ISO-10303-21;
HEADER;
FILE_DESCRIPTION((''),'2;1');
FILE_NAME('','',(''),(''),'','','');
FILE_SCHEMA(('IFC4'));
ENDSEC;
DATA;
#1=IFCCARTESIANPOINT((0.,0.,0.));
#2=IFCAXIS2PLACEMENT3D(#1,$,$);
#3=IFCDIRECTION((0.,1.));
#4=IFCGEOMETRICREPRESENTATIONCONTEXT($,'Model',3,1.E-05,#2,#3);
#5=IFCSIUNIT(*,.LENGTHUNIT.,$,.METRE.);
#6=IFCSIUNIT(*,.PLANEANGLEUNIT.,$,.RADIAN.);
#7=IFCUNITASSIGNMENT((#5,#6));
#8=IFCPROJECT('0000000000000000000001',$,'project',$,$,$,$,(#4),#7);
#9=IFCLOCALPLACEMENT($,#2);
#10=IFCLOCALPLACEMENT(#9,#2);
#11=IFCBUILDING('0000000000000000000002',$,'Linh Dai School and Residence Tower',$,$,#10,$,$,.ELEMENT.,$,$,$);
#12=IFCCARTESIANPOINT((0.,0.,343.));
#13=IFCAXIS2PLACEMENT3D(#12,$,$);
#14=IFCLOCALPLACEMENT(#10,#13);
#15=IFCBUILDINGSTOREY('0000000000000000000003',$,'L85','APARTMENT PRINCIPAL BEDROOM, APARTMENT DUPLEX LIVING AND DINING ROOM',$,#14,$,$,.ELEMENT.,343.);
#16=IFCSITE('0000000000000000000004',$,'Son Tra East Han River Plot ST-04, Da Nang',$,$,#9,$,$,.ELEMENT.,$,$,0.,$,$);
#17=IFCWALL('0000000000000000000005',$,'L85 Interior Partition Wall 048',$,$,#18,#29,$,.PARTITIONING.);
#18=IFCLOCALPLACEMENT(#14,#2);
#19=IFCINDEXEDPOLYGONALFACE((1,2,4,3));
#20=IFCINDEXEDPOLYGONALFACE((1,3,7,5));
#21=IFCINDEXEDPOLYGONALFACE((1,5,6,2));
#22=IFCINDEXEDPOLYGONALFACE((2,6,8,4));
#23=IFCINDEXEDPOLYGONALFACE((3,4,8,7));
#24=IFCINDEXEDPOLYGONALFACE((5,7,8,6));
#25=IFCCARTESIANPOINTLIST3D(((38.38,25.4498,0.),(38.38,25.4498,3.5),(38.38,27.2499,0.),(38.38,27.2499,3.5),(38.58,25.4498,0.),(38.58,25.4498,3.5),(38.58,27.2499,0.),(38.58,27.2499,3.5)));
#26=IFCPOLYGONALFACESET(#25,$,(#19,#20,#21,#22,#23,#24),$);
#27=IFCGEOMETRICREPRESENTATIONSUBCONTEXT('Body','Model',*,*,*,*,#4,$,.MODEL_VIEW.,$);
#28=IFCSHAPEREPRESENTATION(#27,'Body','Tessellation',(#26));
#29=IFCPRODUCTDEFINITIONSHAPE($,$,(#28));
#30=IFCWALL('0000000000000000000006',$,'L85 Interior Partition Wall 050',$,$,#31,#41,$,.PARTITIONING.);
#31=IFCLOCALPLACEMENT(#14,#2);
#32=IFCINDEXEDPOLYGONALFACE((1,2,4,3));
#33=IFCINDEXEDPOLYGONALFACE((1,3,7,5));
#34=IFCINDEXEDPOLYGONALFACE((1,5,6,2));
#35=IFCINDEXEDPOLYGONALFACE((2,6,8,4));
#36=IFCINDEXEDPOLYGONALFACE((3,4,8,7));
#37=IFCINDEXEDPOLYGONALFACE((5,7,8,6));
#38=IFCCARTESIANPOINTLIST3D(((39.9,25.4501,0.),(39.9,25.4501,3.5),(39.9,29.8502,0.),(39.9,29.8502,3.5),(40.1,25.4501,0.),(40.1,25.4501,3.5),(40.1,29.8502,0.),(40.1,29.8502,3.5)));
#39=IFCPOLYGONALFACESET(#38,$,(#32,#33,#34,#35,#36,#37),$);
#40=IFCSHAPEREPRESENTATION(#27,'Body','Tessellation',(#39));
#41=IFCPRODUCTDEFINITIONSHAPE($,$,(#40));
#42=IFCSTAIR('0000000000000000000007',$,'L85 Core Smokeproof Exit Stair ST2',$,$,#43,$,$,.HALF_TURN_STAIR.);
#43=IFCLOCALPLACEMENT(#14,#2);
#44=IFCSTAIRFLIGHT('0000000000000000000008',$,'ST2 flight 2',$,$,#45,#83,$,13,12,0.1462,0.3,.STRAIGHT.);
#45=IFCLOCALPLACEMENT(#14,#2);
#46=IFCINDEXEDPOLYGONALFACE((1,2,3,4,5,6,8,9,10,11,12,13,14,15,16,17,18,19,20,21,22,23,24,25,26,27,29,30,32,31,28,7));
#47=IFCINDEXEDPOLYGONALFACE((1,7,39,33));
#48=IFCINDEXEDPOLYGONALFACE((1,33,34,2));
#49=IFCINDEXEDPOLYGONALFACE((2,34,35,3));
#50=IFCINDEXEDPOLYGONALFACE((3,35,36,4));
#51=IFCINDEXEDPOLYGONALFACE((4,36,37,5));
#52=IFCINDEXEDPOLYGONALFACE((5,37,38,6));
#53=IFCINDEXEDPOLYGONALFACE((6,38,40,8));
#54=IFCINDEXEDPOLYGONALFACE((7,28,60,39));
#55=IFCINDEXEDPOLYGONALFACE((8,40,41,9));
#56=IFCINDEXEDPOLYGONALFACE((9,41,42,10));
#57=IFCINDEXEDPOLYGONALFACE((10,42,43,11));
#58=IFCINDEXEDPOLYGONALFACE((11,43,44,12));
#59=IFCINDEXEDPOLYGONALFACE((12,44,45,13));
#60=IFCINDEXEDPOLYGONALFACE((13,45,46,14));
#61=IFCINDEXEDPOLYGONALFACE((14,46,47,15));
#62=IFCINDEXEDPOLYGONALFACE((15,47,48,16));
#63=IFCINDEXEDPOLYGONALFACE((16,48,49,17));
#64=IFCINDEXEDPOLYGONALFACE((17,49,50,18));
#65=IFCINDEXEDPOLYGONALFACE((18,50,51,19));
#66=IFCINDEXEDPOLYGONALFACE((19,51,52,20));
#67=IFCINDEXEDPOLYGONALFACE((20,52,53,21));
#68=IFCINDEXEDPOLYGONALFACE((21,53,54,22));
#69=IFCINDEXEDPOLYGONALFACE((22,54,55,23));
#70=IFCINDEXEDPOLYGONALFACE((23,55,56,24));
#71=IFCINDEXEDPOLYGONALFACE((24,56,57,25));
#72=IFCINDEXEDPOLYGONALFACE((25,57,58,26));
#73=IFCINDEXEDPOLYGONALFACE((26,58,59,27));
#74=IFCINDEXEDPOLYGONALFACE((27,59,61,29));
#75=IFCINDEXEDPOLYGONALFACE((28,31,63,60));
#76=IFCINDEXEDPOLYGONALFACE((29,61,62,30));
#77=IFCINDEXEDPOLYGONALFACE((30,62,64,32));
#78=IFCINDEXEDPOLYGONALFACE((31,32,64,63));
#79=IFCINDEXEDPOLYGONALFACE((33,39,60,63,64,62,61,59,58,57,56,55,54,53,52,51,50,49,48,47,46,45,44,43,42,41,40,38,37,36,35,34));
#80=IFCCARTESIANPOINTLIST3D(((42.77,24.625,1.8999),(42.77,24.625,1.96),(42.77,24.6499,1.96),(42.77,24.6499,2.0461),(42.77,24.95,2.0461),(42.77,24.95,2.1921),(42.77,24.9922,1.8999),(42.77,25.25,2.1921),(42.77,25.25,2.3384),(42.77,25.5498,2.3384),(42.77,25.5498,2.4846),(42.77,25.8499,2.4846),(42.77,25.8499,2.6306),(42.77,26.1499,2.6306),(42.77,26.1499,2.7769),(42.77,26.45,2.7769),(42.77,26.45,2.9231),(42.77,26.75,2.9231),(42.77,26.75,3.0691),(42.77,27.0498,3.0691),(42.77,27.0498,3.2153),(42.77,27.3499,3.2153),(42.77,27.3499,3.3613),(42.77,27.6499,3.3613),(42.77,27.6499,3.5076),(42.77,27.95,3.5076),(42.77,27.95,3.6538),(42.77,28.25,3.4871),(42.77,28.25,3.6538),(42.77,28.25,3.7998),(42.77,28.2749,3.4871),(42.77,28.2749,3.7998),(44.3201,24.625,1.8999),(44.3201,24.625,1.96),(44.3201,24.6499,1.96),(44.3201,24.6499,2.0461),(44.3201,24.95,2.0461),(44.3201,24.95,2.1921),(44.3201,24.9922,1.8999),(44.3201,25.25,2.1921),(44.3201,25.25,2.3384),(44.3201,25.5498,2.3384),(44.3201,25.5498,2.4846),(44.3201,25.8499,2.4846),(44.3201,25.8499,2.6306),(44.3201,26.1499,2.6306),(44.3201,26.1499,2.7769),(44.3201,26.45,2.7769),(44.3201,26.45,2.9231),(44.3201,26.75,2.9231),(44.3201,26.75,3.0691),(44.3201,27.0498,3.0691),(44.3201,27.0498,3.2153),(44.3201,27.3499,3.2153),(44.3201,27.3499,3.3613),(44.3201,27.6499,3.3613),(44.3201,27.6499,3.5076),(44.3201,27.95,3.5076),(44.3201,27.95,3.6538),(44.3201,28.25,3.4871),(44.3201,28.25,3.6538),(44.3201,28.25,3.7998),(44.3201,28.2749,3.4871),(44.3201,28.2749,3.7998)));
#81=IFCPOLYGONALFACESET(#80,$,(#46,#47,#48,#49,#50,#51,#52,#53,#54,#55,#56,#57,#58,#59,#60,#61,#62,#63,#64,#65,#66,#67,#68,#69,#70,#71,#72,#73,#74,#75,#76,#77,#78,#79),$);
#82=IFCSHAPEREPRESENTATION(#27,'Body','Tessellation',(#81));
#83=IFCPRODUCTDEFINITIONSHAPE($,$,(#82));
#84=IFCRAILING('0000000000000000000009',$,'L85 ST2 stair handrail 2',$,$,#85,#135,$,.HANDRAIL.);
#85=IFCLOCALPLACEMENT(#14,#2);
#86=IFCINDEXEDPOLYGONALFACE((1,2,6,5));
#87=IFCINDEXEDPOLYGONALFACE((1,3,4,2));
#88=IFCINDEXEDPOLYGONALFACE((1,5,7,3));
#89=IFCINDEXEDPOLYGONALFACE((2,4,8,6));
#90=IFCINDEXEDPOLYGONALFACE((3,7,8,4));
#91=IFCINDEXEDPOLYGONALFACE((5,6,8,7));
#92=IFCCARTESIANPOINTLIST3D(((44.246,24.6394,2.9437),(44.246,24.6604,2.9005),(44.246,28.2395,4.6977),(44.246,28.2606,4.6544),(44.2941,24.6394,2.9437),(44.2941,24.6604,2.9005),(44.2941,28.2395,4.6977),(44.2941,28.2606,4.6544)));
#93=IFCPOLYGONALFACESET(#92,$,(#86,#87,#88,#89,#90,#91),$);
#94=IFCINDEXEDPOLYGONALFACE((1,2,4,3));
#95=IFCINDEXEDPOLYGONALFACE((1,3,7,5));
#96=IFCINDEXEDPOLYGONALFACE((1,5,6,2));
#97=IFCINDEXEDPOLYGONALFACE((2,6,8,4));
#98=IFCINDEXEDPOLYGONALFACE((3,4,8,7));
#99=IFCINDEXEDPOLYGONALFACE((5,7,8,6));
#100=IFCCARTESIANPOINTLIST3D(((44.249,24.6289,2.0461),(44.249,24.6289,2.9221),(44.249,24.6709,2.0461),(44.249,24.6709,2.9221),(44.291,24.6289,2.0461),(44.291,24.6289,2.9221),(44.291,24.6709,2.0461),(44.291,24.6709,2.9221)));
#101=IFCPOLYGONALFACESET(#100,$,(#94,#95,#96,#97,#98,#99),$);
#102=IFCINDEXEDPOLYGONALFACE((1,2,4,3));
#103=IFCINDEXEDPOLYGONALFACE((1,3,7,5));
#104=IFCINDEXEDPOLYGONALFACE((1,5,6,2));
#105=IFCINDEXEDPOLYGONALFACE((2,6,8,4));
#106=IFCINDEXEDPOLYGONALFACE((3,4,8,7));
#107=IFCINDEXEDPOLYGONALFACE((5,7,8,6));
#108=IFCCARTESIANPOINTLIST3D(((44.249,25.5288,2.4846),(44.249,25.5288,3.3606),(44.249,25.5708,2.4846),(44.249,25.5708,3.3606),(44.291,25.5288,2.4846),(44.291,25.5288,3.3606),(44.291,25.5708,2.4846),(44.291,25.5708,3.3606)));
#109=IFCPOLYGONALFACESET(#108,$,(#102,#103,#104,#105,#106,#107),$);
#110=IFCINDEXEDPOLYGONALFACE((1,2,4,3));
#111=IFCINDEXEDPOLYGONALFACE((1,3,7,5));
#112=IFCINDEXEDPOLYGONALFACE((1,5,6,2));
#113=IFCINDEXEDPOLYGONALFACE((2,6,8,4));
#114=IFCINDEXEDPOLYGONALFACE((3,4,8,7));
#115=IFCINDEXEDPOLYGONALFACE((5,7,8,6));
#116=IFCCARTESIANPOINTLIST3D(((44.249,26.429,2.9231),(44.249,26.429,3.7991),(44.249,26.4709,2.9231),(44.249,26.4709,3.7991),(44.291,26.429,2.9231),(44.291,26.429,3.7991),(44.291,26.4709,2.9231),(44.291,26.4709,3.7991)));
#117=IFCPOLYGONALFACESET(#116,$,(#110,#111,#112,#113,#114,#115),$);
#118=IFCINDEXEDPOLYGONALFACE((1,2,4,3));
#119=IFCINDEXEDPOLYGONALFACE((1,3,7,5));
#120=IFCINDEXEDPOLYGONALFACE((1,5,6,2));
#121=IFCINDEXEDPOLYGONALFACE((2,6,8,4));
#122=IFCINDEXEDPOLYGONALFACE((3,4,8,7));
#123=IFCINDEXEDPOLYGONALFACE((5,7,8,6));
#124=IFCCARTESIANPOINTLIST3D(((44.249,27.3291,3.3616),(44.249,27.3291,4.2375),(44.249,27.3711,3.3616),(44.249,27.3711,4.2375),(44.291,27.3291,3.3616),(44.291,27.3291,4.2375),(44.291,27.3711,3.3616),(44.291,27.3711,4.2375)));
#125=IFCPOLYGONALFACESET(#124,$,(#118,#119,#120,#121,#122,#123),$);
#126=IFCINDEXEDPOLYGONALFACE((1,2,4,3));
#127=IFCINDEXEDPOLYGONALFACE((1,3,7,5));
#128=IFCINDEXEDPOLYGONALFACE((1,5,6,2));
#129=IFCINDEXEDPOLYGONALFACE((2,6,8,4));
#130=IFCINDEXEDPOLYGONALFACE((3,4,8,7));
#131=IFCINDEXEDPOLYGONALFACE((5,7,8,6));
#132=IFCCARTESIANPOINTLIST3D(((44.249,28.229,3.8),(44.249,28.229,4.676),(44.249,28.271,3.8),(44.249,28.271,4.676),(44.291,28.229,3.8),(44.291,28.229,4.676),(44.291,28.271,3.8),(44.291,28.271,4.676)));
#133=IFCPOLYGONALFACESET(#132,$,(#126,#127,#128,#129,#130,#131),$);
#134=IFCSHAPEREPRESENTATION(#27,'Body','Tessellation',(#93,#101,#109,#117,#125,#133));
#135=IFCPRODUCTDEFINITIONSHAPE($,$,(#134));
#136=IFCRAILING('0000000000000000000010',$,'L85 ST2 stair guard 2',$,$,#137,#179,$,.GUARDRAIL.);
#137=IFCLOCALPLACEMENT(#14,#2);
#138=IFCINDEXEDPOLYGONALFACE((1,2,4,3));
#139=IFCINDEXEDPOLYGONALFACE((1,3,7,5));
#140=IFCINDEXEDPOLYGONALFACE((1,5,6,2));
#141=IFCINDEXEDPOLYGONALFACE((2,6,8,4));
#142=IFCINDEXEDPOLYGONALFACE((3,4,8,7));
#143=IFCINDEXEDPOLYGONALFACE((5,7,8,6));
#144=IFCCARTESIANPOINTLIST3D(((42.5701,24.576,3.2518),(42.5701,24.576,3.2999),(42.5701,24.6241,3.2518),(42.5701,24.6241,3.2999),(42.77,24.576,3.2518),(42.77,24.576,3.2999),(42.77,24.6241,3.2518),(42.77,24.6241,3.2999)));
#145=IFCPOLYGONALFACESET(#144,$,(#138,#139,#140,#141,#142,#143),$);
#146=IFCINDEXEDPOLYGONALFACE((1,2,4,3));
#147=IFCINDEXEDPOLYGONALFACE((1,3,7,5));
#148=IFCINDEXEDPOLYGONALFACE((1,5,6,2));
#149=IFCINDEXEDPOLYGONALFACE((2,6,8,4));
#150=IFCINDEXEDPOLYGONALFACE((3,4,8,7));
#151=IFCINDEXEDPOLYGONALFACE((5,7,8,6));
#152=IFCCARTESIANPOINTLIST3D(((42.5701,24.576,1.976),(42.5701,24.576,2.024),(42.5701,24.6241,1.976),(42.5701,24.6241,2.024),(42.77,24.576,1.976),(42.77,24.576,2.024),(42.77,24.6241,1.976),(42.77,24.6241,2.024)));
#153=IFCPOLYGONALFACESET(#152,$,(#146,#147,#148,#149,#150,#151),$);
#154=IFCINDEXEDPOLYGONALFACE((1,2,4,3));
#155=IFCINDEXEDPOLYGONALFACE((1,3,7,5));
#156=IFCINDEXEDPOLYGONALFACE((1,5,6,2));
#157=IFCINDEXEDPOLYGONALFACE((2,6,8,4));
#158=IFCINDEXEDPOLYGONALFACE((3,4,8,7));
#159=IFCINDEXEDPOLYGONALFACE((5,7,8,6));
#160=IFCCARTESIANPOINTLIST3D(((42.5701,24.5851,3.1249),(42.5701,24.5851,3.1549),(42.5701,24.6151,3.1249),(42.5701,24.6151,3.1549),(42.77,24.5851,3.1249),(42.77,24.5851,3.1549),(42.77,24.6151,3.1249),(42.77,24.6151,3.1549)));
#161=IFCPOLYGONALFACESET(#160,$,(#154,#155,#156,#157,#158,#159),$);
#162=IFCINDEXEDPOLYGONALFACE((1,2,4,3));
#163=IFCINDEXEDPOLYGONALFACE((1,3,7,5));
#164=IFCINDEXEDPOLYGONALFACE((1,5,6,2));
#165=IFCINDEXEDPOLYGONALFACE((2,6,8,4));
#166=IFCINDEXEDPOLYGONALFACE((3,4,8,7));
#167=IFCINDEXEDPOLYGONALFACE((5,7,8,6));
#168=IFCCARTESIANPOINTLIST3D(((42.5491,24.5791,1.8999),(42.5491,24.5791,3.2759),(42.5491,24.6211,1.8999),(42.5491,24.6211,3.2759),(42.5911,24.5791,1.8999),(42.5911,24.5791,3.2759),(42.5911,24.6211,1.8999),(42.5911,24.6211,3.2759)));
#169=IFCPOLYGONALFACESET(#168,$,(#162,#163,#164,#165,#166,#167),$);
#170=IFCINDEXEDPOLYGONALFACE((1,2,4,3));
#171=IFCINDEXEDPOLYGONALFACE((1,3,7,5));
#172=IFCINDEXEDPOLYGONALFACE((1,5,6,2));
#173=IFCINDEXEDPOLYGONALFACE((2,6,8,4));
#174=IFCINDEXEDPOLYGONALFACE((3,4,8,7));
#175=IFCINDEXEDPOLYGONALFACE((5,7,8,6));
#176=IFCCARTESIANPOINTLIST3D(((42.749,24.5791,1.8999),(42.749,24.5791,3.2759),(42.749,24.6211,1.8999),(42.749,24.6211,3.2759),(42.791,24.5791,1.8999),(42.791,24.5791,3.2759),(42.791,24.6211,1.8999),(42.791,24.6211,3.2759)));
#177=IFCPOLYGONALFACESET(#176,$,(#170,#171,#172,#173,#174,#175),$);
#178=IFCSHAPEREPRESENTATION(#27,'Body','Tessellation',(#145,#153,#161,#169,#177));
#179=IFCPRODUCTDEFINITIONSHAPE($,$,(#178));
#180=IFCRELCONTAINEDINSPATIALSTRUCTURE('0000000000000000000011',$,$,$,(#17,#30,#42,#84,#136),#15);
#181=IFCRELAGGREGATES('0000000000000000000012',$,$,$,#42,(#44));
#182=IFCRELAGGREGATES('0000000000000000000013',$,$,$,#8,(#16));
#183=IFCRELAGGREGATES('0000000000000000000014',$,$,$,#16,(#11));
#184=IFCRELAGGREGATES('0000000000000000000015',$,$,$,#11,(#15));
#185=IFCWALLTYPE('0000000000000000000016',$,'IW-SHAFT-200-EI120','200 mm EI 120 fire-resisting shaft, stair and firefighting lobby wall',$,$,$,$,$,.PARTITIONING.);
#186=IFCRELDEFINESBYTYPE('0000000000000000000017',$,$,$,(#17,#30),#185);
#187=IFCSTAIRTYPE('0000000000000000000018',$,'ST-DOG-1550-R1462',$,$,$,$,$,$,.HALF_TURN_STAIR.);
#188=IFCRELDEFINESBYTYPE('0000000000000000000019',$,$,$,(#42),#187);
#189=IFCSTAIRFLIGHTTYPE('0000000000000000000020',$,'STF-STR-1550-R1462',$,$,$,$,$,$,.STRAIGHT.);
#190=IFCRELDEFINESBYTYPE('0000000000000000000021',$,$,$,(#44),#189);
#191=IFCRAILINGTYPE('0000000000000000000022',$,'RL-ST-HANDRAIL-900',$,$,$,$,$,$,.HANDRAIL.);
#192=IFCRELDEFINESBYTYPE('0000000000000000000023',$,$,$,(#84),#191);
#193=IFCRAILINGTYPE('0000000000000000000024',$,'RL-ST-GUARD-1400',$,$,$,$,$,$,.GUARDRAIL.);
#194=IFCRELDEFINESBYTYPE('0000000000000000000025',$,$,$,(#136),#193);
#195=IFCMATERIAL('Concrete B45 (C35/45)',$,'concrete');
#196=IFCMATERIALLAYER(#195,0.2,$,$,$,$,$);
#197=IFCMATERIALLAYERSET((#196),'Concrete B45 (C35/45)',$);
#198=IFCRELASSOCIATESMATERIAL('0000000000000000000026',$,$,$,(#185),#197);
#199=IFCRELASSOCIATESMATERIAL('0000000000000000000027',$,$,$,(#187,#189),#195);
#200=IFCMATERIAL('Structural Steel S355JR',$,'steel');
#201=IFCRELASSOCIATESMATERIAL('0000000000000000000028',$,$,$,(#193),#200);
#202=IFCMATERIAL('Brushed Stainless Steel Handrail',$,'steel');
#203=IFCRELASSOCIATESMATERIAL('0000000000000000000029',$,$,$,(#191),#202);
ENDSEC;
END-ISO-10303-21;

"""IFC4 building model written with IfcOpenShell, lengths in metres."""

from ifc_helpers import new_model, si_unit, direction, frame, frame_2d, origin, origin_2d, place, context, subcontext, project, spatial, polyline, rectangle, outline, extrude, source, transform, mapped, material, layer, layer_set, type_object, element, aggregate, save


model = new_model("IFC4")

# Units and contexts
model_context = context("Model", 3, precision=1e-05, world=origin(), true_north=direction((0.0, 1.0)))
body_context = subcontext(model_context, "Body", "Model", "MODEL_VIEW")
ifc_project = project(units=[si_unit("LENGTHUNIT", "METRE"), si_unit("PLANEANGLEUNIT", "RADIAN")], contexts=[model_context])

# Site, building, storey
site_placement = place(None, origin())
site = spatial("IfcSite", under=ifc_project, at=site_placement, Name="Son Tra East Han River Plot ST-04, Da Nang", CompositionType="ELEMENT", RefElevation=0.0)
building_placement = place(site_placement, origin())
building = spatial("IfcBuilding", under=site, at=building_placement, Name="Linh Dai School and Residence Tower", CompositionType="ELEMENT")
storey_placement = place(building_placement, frame((0.0, 0.0, 343.0)))
storey = spatial("IfcBuildingStorey", under=building, at=storey_placement, Name="L85", Description="APARTMENT PRINCIPAL BEDROOM, APARTMENT DUPLEX LIVING AND DINING ROOM", CompositionType="ELEMENT", Elevation=343.0)

# Shared definitions
ifc_material_1 = material(Name="Structural Steel S355JR", Category="steel")

# Walls
ifc_material_2 = material(Name="Concrete B45 (C35/45)", Category="concrete")
ifc_layer_1 = layer(ifc_material_2, 0.2)
ifc_layer_set_1 = layer_set([ifc_layer_1], Name="Concrete B45 (C35/45)")
wall_type_1 = type_object("IfcWallType", Name="IW-SHAFT-200-EI120", Description="200 mm EI 120 fire-resisting shaft, stair and firefighting lobby wall", PredefinedType="PARTITIONING", material=ifc_layer_set_1)
for number, where, z_axis, x_axis, name in (
    (1, (38.48, 25.45, 0.0), (0.0, 0.0, 1.0), (0.0, 1.0, 0.0), "L85 Interior Partition Wall 048"),
):
    element("IfcWall", number, at=place(storey_placement, frame(where, z_axis=z_axis, x_axis=x_axis)), inside=storey, type_object=wall_type_1, Name=name, PredefinedType="PARTITIONING", context=body_context, shape_type="SweptSolid", body=[
        extrude(rectangle(XDim=1.8, YDim=0.2, at=frame_2d((0.8999, 0.0))), origin(), (0.0, 0.0, 1.0), 3.5),
    ])
wall_1_placement = place(storey_placement, frame((40.0, 25.45, 0.0), z_axis=(0.0, 0.0, 1.0), x_axis=(0.0, 1.0, 0.0)))
element("IfcWall", 2, at=wall_1_placement, inside=storey, type_object=wall_type_1, Name="L85 Interior Partition Wall 050", PredefinedType="PARTITIONING", context=body_context, shape_type="SweptSolid", body=[
    extrude(rectangle(XDim=4.4001, YDim=0.2, at=frame_2d((2.2002, 0.0))), origin(), (0.0, 0.0, 1.0), 3.5),
])

# Stair, stair flight
stair_type = type_object("IfcStairType", Name="ST-DOG-1550-R1462", PredefinedType="HALF_TURN_STAIR", material=ifc_material_2)
stair_placement = place(storey_placement, origin())
stair = element("IfcStair", 3, at=stair_placement, inside=storey, type_object=stair_type, Name="L85 Core Smokeproof Exit Stair ST2", PredefinedType="HALF_TURN_STAIR")
stair_flight_type = type_object("IfcStairFlightType", Name="STF-STR-1550-R1462", PredefinedType="STRAIGHT", material=ifc_material_2)
shared_shape_1 = source(origin(), body_context, "Body", "SweptSolid", [
    extrude(outline(polyline([(-0.0249, 0.0), (-0.0249, 0.0601), (0.0, 0.0601), (0.0, 0.1462), (0.3, 0.1462), (0.3, 0.2922), (0.6001, 0.2922), (0.6001, 0.4385), (0.8999, 0.4385), (0.8999, 0.5847), (1.2, 0.5847), (1.2, 0.7307), (1.5, 0.7307), (1.5, 0.877), (1.8, 0.877), (1.8, 1.0232), (2.1001, 1.0232), (2.1001, 1.1692), (2.3999, 1.1692), (2.3999, 1.3154), (2.7, 1.3154), (2.7, 1.4614), (3.0, 1.4614), (3.0, 1.6077), (3.3, 1.6077), (3.3, 1.7539), (3.6001, 1.7539), (3.6001, 1.8999), (3.625, 1.8999), (3.625, 1.5872), (3.6001, 1.5872), (0.3423, 0.0), (-0.0249, 0.0)])), frame((0.0, 0.7749, 0.0), z_axis=(0.0, -1.0, 0.0), x_axis=(1.0, 0.0, 0.0)), (0.0, 0.0, 1.0), 1.55),
])
stair_flight_placement = place(storey_placement, frame((43.5449, 24.6499, 1.8999), z_axis=(0.0, 0.0, 1.0), x_axis=(0.0, 1.0, 0.0)))
stair_flight = element("IfcStairFlight", 4, at=stair_flight_placement, type_object=stair_flight_type, Name="ST2 flight 2", NumberOfRisers=13, NumberOfTreads=12, PredefinedType="STRAIGHT", RiserHeight=0.1462, TreadLength=0.3, context=body_context, shape_type="MappedRepresentation", body=[
    mapped(shared_shape_1, transform((0.0, 0.0, 0.0), x_axis=(1.0, 0.0, 0.0), y_axis=(0.0, 1.0, 0.0), z_axis=(0.0, 0.0, 1.0), scale=1.0)),
])
aggregate(stair, [stair_flight])

# Railings
railing_type_1 = type_object("IfcRailingType", Name="RL-ST-GUARD-1400", PredefinedType="GUARDRAIL", material=ifc_material_1)
ifc_material_3 = material(Name="Brushed Stainless Steel Handrail", Category="steel")
railing_type_2 = type_object("IfcRailingType", Name="RL-ST-HANDRAIL-900", PredefinedType="HANDRAIL", material=ifc_material_3)
shared_shape_2 = source(origin(), body_context, "Body", "SweptSolid", [
    extrude(rectangle(XDim=0.0481, YDim=0.0481, at=origin_2d()), frame((0.0, 0.0, 0.876), z_axis=(0.0, 0.898989, 0.437972), x_axis=(-1.0, 0.0, 0.0)), (0.0, 0.0, 1.0), 4.0046),
    extrude(rectangle(XDim=0.042, YDim=0.042, at=origin_2d()), origin(), (0.0, 0.0, 1.0), 0.876),
    extrude(rectangle(XDim=0.042, YDim=0.042, at=origin_2d()), frame((0.0, 0.8999, 0.4385)), (0.0, 0.0, 1.0), 0.876),
    extrude(rectangle(XDim=0.042, YDim=0.042, at=origin_2d()), frame((0.0, 1.8, 0.877)), (0.0, 0.0, 1.0), 0.876),
    extrude(rectangle(XDim=0.042, YDim=0.042, at=origin_2d()), frame((0.0, 2.7002, 1.3154)), (0.0, 0.0, 1.0), 0.876),
    extrude(rectangle(XDim=0.042, YDim=0.042, at=origin_2d()), frame((0.0, 3.6001, 1.7539)), (0.0, 0.0, 1.0), 0.876),
])
railing_1_placement = place(storey_placement, frame((44.27, 24.6499, 2.0461)))
element("IfcRailing", 5, at=railing_1_placement, inside=storey, type_object=railing_type_2, Name="L85 ST2 stair handrail 2", PredefinedType="HANDRAIL", context=body_context, shape_type="MappedRepresentation", body=[
    mapped(shared_shape_2, transform((0.0, 0.0, 0.0), x_axis=(1.0, 0.0, 0.0), y_axis=(0.0, 1.0, 0.0), z_axis=(0.0, 0.0, 1.0), scale=1.0)),
])
shared_shape_3 = source(origin(), body_context, "Body", "SweptSolid", [
    extrude(rectangle(XDim=0.0481, YDim=0.0481, at=origin_2d()), frame((0.0, 0.0, 1.376), z_axis=(1.0, 0.0, 0.0), x_axis=(0.0, 1.0, 0.0)), (0.0, 0.0, 1.0), 0.2),
    extrude(rectangle(XDim=0.0481, YDim=0.0481, at=origin_2d()), frame((0.0, 0.0, 0.1001), z_axis=(1.0, 0.0, 0.0), x_axis=(0.0, 1.0, 0.0)), (0.0, 0.0, 1.0), 0.2),
    extrude(rectangle(XDim=0.03, YDim=0.03, at=origin_2d()), frame((0.0, 0.0, 1.24), z_axis=(1.0, 0.0, 0.0), x_axis=(0.0, 1.0, 0.0)), (0.0, 0.0, 1.0), 0.2),
    extrude(rectangle(XDim=0.042, YDim=0.042, at=origin_2d()), origin(), (0.0, 0.0, 1.0), 1.376),
    extrude(rectangle(XDim=0.042, YDim=0.042, at=origin_2d()), frame((0.2, 0.0, 0.0)), (0.0, 0.0, 1.0), 1.376),
])
railing_2_placement = place(storey_placement, frame((42.5701, 24.6001, 1.8999)))
element("IfcRailing", 6, at=railing_2_placement, inside=storey, type_object=railing_type_1, Name="L85 ST2 stair guard 2", PredefinedType="GUARDRAIL", context=body_context, shape_type="MappedRepresentation", body=[
    mapped(shared_shape_3, transform((0.0, 0.0, 0.0), x_axis=(1.0, 0.0, 0.0), y_axis=(0.0, 1.0, 0.0), z_axis=(0.0, 0.0, 1.0), scale=1.0)),
])

save(model, "model.ifc")
